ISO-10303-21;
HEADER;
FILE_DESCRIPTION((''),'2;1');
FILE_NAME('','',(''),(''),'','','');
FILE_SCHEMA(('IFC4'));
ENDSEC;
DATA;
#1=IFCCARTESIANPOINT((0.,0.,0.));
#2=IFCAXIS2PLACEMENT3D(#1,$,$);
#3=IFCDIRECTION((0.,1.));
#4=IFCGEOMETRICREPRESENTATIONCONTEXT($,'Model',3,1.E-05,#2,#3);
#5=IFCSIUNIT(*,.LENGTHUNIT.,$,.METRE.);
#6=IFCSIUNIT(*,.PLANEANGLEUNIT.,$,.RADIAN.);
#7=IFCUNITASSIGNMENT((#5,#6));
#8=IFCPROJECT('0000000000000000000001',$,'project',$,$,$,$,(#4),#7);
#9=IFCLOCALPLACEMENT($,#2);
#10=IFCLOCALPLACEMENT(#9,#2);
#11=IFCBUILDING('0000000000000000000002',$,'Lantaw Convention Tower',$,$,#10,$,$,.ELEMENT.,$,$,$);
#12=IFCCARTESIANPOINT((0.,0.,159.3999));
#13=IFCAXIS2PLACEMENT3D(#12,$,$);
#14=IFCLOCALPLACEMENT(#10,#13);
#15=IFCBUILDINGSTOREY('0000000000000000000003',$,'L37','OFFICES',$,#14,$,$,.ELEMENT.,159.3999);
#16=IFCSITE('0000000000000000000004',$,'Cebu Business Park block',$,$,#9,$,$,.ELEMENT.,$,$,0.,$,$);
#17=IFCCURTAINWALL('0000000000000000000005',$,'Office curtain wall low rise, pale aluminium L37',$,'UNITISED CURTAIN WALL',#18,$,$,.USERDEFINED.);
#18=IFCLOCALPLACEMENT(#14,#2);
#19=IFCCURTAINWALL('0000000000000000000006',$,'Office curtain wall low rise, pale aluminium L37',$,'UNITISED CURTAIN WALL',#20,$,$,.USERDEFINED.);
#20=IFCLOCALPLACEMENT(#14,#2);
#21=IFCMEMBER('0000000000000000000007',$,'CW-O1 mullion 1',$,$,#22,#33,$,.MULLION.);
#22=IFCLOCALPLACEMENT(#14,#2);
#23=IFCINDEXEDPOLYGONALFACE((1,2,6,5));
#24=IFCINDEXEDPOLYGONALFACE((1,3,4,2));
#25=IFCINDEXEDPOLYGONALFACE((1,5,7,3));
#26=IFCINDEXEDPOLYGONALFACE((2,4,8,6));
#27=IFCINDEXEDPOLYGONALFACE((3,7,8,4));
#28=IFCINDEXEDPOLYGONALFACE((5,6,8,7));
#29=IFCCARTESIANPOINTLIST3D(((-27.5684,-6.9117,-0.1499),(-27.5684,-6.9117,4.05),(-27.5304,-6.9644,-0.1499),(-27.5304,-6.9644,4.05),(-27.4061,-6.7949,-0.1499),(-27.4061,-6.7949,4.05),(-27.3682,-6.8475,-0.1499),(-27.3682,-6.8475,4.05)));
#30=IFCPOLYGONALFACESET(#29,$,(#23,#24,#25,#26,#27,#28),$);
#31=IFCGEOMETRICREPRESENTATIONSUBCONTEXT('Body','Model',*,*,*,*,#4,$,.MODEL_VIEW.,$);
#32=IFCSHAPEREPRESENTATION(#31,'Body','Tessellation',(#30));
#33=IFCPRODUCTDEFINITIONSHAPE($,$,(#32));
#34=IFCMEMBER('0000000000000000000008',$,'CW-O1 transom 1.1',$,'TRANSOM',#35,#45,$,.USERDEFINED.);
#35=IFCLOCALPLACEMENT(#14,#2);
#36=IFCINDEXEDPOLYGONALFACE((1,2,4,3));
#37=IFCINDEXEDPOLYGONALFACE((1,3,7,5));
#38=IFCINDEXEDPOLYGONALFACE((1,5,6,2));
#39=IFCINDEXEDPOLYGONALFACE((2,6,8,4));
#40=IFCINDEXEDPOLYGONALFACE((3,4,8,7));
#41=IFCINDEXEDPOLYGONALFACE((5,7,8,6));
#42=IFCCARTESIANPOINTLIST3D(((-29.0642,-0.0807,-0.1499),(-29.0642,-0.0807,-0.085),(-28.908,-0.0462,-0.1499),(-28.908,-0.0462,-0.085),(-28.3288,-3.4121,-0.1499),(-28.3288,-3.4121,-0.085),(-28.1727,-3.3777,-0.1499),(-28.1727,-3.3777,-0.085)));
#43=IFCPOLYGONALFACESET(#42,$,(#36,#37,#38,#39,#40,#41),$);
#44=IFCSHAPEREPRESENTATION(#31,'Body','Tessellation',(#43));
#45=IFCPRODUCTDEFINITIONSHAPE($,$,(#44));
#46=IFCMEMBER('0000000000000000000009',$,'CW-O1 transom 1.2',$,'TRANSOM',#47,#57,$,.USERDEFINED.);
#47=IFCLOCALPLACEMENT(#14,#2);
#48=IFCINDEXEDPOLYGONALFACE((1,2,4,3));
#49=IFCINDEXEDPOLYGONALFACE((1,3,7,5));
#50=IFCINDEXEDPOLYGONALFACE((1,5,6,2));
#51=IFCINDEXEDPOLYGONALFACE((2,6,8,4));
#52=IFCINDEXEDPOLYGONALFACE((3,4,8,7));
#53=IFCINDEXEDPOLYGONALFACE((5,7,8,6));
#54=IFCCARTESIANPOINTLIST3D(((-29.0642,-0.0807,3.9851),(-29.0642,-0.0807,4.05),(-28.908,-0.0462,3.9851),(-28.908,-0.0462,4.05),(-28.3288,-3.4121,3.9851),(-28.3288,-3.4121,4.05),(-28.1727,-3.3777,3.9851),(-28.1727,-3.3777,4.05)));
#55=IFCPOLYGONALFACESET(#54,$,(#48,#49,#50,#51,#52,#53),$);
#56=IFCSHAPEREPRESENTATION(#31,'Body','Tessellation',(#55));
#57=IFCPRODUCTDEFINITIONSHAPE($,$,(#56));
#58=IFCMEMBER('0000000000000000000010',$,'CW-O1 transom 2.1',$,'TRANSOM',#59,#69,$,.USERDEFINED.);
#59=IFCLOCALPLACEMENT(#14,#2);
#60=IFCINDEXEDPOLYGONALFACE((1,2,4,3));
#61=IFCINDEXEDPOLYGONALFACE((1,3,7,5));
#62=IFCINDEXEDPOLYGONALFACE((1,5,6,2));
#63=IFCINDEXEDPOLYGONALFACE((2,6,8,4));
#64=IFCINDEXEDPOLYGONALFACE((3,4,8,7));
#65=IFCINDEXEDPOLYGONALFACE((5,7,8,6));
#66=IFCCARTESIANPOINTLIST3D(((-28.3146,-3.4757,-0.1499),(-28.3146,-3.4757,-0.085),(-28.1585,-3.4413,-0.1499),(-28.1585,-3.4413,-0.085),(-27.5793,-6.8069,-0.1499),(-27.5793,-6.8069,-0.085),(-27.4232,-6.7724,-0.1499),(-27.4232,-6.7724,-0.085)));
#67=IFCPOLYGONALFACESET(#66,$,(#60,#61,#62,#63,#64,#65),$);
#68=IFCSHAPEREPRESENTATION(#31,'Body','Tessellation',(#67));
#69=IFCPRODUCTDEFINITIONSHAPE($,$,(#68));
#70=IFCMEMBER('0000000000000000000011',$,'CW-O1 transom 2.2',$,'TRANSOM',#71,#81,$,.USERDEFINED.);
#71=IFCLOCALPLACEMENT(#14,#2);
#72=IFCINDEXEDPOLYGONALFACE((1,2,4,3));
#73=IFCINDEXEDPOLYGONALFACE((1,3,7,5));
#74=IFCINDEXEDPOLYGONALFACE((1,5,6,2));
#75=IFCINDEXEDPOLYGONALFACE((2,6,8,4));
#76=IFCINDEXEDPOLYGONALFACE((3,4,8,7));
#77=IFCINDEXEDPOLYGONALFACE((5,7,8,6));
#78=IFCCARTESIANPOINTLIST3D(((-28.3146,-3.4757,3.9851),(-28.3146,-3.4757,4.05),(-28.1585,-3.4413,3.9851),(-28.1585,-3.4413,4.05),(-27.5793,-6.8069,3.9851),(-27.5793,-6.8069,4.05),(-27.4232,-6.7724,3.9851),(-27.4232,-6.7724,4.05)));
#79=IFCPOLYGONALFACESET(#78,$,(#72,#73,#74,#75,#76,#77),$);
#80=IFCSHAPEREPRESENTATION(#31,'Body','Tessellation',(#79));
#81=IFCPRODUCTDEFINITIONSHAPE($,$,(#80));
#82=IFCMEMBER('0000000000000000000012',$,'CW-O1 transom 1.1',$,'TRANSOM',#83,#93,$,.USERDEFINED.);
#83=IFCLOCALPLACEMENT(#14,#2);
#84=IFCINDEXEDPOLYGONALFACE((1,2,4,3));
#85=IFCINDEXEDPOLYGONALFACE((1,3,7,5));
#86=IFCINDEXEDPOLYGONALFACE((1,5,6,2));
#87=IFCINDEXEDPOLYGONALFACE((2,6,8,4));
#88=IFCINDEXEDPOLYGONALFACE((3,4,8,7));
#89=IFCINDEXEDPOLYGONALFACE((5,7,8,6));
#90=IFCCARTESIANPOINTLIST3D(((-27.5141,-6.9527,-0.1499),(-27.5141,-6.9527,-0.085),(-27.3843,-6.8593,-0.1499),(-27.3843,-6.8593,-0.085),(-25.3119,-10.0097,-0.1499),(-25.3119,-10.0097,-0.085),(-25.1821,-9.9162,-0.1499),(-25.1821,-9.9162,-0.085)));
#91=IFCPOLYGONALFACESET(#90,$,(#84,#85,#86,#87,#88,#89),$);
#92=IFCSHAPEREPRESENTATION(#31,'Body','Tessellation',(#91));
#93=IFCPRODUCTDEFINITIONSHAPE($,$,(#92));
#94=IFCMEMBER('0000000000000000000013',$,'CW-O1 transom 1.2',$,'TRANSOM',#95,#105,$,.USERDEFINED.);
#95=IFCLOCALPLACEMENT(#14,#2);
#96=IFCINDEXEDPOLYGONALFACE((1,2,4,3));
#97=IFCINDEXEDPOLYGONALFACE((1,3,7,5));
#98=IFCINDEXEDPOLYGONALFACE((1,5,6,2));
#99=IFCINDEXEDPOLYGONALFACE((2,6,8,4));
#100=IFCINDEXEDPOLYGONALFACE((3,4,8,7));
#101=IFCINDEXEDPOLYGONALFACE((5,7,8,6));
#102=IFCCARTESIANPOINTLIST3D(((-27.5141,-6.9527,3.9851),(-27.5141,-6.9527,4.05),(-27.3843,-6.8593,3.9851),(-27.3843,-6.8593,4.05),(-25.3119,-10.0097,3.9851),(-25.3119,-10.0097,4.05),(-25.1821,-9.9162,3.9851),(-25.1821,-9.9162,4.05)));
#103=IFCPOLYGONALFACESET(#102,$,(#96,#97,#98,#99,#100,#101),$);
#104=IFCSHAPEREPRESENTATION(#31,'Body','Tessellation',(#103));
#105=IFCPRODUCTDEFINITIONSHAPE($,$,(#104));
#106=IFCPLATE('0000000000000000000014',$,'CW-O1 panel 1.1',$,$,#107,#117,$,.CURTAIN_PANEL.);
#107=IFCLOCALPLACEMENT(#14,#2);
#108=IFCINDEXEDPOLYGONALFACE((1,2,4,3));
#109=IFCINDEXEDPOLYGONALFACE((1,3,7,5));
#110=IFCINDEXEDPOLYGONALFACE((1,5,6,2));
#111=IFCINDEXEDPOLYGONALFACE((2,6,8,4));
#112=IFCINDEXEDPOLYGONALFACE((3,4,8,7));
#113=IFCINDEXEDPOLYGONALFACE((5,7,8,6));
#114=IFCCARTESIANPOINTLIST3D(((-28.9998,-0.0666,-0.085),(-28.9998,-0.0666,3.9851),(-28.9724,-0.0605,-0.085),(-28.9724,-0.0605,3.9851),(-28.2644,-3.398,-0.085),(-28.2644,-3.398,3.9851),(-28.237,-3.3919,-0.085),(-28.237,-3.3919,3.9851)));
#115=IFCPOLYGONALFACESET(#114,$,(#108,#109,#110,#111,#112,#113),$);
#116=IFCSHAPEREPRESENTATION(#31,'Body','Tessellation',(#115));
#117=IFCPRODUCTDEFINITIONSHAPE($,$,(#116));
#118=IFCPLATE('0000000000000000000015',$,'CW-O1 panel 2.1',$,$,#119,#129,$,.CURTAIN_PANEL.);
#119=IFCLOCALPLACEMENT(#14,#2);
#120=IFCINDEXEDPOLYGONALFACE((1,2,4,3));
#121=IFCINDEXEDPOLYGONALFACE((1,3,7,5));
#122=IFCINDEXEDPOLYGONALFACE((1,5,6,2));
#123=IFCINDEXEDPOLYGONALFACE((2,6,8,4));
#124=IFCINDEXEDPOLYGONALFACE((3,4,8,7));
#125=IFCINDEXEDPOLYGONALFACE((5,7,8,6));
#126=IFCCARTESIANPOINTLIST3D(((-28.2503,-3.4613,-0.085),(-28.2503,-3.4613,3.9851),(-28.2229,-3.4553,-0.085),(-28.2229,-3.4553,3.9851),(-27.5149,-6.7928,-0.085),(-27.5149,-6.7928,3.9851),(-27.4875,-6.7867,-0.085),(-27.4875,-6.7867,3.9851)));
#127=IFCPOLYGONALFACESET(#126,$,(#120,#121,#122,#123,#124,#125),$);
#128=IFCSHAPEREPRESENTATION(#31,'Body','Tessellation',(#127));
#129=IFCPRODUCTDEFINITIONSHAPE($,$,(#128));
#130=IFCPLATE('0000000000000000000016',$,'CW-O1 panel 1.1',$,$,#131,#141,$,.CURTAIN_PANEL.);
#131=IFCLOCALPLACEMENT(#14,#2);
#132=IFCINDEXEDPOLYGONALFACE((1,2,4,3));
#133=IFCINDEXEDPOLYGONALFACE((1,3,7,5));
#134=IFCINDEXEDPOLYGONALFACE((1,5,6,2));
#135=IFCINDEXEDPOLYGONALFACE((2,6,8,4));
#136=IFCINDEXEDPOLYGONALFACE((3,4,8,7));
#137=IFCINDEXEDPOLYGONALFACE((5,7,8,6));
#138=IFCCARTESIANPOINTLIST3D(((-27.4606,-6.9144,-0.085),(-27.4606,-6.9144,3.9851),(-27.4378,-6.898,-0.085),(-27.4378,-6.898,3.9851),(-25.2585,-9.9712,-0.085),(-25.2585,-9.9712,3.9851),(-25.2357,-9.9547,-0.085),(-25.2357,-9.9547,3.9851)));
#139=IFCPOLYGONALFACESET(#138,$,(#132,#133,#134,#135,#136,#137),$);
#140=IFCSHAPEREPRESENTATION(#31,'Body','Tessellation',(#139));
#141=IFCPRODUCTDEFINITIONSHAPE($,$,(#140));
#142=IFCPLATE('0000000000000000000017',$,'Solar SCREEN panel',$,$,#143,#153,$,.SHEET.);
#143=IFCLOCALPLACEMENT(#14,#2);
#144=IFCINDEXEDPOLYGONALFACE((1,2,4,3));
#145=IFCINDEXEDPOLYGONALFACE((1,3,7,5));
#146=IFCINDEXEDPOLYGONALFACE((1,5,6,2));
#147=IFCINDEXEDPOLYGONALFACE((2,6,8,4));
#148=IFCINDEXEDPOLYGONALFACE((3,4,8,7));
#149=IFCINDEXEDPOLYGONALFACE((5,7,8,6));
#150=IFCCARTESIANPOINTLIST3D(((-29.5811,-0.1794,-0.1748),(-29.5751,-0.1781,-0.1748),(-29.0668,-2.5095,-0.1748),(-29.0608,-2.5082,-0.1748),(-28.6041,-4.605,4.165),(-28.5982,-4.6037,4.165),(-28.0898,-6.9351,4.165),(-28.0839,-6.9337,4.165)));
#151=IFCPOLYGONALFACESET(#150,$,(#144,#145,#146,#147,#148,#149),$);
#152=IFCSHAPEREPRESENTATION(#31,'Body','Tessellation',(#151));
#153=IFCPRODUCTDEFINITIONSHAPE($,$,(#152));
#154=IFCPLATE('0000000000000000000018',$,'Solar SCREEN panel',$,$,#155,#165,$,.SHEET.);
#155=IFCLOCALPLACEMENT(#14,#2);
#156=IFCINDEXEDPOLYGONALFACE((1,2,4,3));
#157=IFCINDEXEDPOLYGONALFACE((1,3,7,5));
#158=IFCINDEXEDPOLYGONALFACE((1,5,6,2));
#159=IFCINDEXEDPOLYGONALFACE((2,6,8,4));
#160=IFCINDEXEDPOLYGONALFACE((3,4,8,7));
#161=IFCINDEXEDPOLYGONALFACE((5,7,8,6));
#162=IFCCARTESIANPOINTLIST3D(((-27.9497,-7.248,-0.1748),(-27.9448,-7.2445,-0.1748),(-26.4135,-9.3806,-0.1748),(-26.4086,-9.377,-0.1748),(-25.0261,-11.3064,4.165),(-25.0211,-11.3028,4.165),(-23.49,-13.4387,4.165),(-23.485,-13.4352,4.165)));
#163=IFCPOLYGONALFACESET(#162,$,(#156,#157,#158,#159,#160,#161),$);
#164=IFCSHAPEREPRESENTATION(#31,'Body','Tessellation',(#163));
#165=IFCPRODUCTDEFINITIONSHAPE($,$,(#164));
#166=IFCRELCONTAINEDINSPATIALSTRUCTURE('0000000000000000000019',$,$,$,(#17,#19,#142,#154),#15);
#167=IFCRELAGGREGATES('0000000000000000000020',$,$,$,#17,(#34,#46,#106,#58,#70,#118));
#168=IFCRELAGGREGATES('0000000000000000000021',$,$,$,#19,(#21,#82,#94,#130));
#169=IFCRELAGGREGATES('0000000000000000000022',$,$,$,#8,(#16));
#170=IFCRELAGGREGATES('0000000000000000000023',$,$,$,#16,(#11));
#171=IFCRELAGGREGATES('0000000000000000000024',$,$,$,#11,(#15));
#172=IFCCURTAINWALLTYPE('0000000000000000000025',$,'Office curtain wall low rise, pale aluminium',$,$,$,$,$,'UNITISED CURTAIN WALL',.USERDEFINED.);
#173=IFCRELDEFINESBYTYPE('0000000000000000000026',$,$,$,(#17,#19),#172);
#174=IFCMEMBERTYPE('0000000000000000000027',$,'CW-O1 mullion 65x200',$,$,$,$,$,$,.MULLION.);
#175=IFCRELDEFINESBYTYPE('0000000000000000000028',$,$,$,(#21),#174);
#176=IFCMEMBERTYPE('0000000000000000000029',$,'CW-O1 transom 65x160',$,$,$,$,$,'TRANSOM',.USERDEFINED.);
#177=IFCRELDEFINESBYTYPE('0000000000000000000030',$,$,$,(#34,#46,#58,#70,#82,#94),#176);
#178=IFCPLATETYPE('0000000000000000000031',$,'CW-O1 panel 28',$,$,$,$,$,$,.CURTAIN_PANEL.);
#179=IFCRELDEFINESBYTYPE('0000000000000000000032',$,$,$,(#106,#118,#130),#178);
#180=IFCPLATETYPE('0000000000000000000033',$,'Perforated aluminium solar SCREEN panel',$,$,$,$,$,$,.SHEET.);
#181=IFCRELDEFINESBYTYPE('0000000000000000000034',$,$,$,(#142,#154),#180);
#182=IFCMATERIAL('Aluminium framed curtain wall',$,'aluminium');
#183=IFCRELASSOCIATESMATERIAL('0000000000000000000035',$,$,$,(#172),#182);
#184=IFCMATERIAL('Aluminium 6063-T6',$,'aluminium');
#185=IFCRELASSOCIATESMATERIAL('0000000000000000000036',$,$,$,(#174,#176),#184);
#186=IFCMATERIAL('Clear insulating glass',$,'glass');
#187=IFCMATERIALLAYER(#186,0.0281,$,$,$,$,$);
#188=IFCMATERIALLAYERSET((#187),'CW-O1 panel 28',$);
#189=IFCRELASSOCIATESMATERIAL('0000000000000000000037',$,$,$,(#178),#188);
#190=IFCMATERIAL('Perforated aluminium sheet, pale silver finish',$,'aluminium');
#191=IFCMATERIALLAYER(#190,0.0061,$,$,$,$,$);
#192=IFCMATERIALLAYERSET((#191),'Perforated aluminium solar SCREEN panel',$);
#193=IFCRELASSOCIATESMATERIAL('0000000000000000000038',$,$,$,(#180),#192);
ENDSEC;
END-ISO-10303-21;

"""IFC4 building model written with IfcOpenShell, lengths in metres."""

from ifc_helpers import new_model, si_unit, direction, frame, origin, origin_2d, place, context, subcontext, project, spatial, polyline, rectangle, outline, extrude, material, layer, layer_set, material_profile, profile_set, type_object, element, aggregate, save


model = new_model("IFC4")

# Units and contexts
model_context = context("Model", 3, precision=1e-05, world=origin(), true_north=direction((0.0, 1.0)))
body_context = subcontext(model_context, "Body", "Model", "MODEL_VIEW")
ifc_project = project(units=[si_unit("LENGTHUNIT", "METRE"), si_unit("PLANEANGLEUNIT", "RADIAN")], contexts=[model_context])

# Site, building, storey
site_placement = place(None, origin())
site = spatial("IfcSite", under=ifc_project, at=site_placement, Name="Cebu Business Park block", CompositionType="ELEMENT", RefElevation=0.0)
building_placement = place(site_placement, origin())
building = spatial("IfcBuilding", under=site, at=building_placement, Name="Lantaw Convention Tower", CompositionType="ELEMENT")
storey_placement = place(building_placement, frame((0.0, 0.0, 159.3999)))
storey = spatial("IfcBuildingStorey", under=building, at=storey_placement, Name="L37", Description="OFFICES", CompositionType="ELEMENT", Elevation=159.3999)

# Curtain wall
ifc_material_1 = material(Name="Aluminium framed curtain wall", Category="aluminium")
curtain_wall_type = type_object("IfcCurtainWallType", Name="Office curtain wall low rise, pale aluminium", ElementType="UNITISED CURTAIN WALL", PredefinedType="USERDEFINED", material=ifc_material_1)
curtain_wall_1_placement = place(storey_placement, origin())
curtain_wall_1 = element("IfcCurtainWall", 1, at=curtain_wall_1_placement, inside=storey, type_object=curtain_wall_type, Name="Office curtain wall low rise, pale aluminium L37", ObjectType="UNITISED CURTAIN WALL", PredefinedType="USERDEFINED")
ifc_material_2 = material(Name="Aluminium 6063-T6", Category="aluminium")
ifc_material_profile_1 = material_profile(ifc_material_2, rectangle(XDim=0.2, YDim=0.0649, at=origin_2d()), Name="CW-O1 mullion 65x200")
ifc_profile_set_1 = profile_set([ifc_material_profile_1], Name="Aluminium 6063-T6")
member_type_1 = type_object("IfcMemberType", Name="CW-O1 mullion 65x200", PredefinedType="MULLION", material=ifc_profile_set_1)

# Curtain wall, member
curtain_wall_2_placement = place(storey_placement, origin())
curtain_wall_2 = element("IfcCurtainWall", 2, at=curtain_wall_2_placement, inside=storey, type_object=curtain_wall_type, Name="Office curtain wall low rise, pale aluminium L37", ObjectType="UNITISED CURTAIN WALL", PredefinedType="USERDEFINED")
member_1_placement = place(storey_placement, frame((-27.4683, -6.8796, -0.1499), z_axis=(0.0, 0.0, 1.0), x_axis=(0.811385, 0.584513, 0.0)))
member_1 = element("IfcMember", 3, at=member_1_placement, type_object=member_type_1, Name="CW-O1 mullion 1", PredefinedType="MULLION", context=body_context, shape_type="SweptSolid", body=[
    extrude(rectangle(XDim=0.2, YDim=0.0649, at=origin_2d()), origin(), (0.0, 0.0, 1.0), 4.2),
])

# Members
ifc_material_profile_2 = material_profile(ifc_material_2, rectangle(XDim=0.1599, YDim=0.0649, at=origin_2d()), Name="CW-O1 transom 65x160")
ifc_profile_set_2 = profile_set([ifc_material_profile_2], Name="Aluminium 6063-T6")
member_type_2 = type_object("IfcMemberType", Name="CW-O1 transom 65x160", ElementType="TRANSOM", PredefinedType="USERDEFINED", material=ifc_profile_set_2)
member_2_placement = place(storey_placement, frame((-28.9861, -0.0635, -0.1174), z_axis=(0.215536, -0.976496, 0.0), x_axis=(0.976496, 0.215536, 0.0)))
member_2 = element("IfcMember", 4, at=member_2_placement, type_object=member_type_2, Name="CW-O1 transom 1.1", ObjectType="TRANSOM", PredefinedType="USERDEFINED", context=body_context, shape_type="SweptSolid", body=[
    extrude(rectangle(XDim=0.1599, YDim=0.0649, at=origin_2d()), origin(), (0.0, 0.0, 1.0), 3.4116),
])
member_3_placement = place(storey_placement, frame((-28.9861, -0.0635, 4.0176), z_axis=(0.215536, -0.976496, 0.0), x_axis=(0.976496, 0.215536, 0.0)))
member_3 = element("IfcMember", 5, at=member_3_placement, type_object=member_type_2, Name="CW-O1 transom 1.2", ObjectType="TRANSOM", PredefinedType="USERDEFINED", context=body_context, shape_type="SweptSolid", body=[
    extrude(rectangle(XDim=0.1599, YDim=0.0649, at=origin_2d()), origin(), (0.0, 0.0, 1.0), 3.4116),
])
member_4_placement = place(storey_placement, frame((-28.2366, -3.4585, -0.1174), z_axis=(0.215551, -0.976493, 0.0), x_axis=(0.976493, 0.215551, 0.0)))
member_4 = element("IfcMember", 6, at=member_4_placement, type_object=member_type_2, Name="CW-O1 transom 2.1", ObjectType="TRANSOM", PredefinedType="USERDEFINED", context=body_context, shape_type="SweptSolid", body=[
    extrude(rectangle(XDim=0.1599, YDim=0.0649, at=origin_2d()), origin(), (0.0, 0.0, 1.0), 3.4114),
])
member_5_placement = place(storey_placement, frame((-28.2366, -3.4585, 4.0176), z_axis=(0.215551, -0.976493, 0.0), x_axis=(0.976493, 0.215551, 0.0)))
member_5 = element("IfcMember", 7, at=member_5_placement, type_object=member_type_2, Name="CW-O1 transom 2.2", ObjectType="TRANSOM", PredefinedType="USERDEFINED", context=body_context, shape_type="SweptSolid", body=[
    extrude(rectangle(XDim=0.1599, YDim=0.0649, at=origin_2d()), origin(), (0.0, 0.0, 1.0), 3.4114),
])
member_6_placement = place(storey_placement, frame((-27.4492, -6.906, -0.1174), z_axis=(0.584513, -0.811384, 0.0), x_axis=(0.811384, 0.584513, 0.0)))
member_6 = element("IfcMember", 8, at=member_6_placement, type_object=member_type_2, Name="CW-O1 transom 1.1", ObjectType="TRANSOM", PredefinedType="USERDEFINED", context=body_context, shape_type="SweptSolid", body=[
    extrude(rectangle(XDim=0.1599, YDim=0.0649, at=origin_2d()), origin(), (0.0, 0.0, 1.0), 3.7676),
])
member_7_placement = place(storey_placement, frame((-27.4492, -6.906, 4.0176), z_axis=(0.584513, -0.811384, 0.0), x_axis=(0.811384, 0.584513, 0.0)))
member_7 = element("IfcMember", 9, at=member_7_placement, type_object=member_type_2, Name="CW-O1 transom 1.2", ObjectType="TRANSOM", PredefinedType="USERDEFINED", context=body_context, shape_type="SweptSolid", body=[
    extrude(rectangle(XDim=0.1599, YDim=0.0649, at=origin_2d()), origin(), (0.0, 0.0, 1.0), 3.7676),
])

# Plates
ifc_material_3 = material(Name="Clear insulating glass", Category="glass")
ifc_layer_1 = layer(ifc_material_3, 0.0281)
ifc_layer_set_1 = layer_set([ifc_layer_1], Name="CW-O1 panel 28")
plate_type_1 = type_object("IfcPlateType", Name="CW-O1 panel 28", PredefinedType="CURTAIN_PANEL", material=ifc_layer_set_1)
plate_1_placement = place(storey_placement, frame((-28.6184, -1.7292, -0.085), z_axis=(0.0, 0.0, 1.0), x_axis=(0.215546, -0.976494, 0.0)))
plate_1 = element("IfcPlate", 10, at=plate_1_placement, type_object=plate_type_1, Name="CW-O1 panel 1.1", PredefinedType="CURTAIN_PANEL", context=body_context, shape_type="SweptSolid", body=[
    extrude(rectangle(XDim=3.4116, YDim=0.0281, at=origin_2d()), origin(), (0.0, 0.0, 1.0), 4.0701),
])
plate_2_placement = place(storey_placement, frame((-27.8689, -5.124, -0.085), z_axis=(0.0, 0.0, 1.0), x_axis=(0.215546, -0.976494, 0.0)))
plate_2 = element("IfcPlate", 11, at=plate_2_placement, type_object=plate_type_1, Name="CW-O1 panel 2.1", PredefinedType="CURTAIN_PANEL", context=body_context, shape_type="SweptSolid", body=[
    extrude(rectangle(XDim=3.4116, YDim=0.0281, at=origin_2d()), origin(), (0.0, 0.0, 1.0), 4.0701),
])
aggregate(curtain_wall_1, [member_2, member_3, plate_1, member_4, member_5, plate_2])
plate_3_placement = place(storey_placement, frame((-26.3481, -8.4346, -0.085), z_axis=(0.0, 0.0, 1.0), x_axis=(0.584513, -0.811385, 0.0)))
plate_3 = element("IfcPlate", 12, at=plate_3_placement, type_object=plate_type_1, Name="CW-O1 panel 1.1", PredefinedType="CURTAIN_PANEL", context=body_context, shape_type="SweptSolid", body=[
    extrude(rectangle(XDim=3.7673, YDim=0.0281, at=origin_2d()), origin(), (0.0, 0.0, 1.0), 4.0701),
])
aggregate(curtain_wall_2, [member_1, member_6, member_7, plate_3])

# Plates
ifc_material_4 = material(Name="Perforated aluminium sheet, pale silver finish", Category="aluminium")
ifc_layer_2 = layer(ifc_material_4, 0.0061)
ifc_layer_set_2 = layer_set([ifc_layer_2], Name="Perforated aluminium solar SCREEN panel")
plate_type_2 = type_object("IfcPlateType", Name="Perforated aluminium solar SCREEN panel", PredefinedType="SHEET", material=ifc_layer_set_2)
plate_4_placement = place(storey_placement, frame((-29.5811, -0.1794, -0.1748), z_axis=(-0.976498, -0.215527, 0.000033), x_axis=(0.215527, -0.976498, 0.0)))
element("IfcPlate", 13, at=plate_4_placement, inside=storey, type_object=plate_type_2, Name="Solar SCREEN panel", PredefinedType="SHEET", context=body_context, shape_type="SweptSolid", body=[
    extrude(outline(polyline([(0.0, 0.0), (2.3862, 0.0), (6.9182, 4.3398), (4.5321, 4.3398), (0.0, 0.0)])), origin(), (0.0, 0.0, -1.0), 0.0061),
])
plate_5_placement = place(storey_placement, frame((-27.9497, -7.248, -0.1748), z_axis=(-0.811395, -0.584498, 0.000036), x_axis=(0.584498, -0.811395, 0.0)))
element("IfcPlate", 14, at=plate_5_placement, inside=storey, type_object=plate_type_2, Name="Solar SCREEN panel", PredefinedType="SHEET", context=body_context, shape_type="SweptSolid", body=[
    extrude(outline(polyline([(0.0, 0.0), (2.6282, 0.0), (7.6298, 4.3398), (5.0018, 4.3398), (0.0, 0.0)])), origin(), (0.0, 0.0, -1.0), 0.0061),
])

save(model, "model.ifc")
